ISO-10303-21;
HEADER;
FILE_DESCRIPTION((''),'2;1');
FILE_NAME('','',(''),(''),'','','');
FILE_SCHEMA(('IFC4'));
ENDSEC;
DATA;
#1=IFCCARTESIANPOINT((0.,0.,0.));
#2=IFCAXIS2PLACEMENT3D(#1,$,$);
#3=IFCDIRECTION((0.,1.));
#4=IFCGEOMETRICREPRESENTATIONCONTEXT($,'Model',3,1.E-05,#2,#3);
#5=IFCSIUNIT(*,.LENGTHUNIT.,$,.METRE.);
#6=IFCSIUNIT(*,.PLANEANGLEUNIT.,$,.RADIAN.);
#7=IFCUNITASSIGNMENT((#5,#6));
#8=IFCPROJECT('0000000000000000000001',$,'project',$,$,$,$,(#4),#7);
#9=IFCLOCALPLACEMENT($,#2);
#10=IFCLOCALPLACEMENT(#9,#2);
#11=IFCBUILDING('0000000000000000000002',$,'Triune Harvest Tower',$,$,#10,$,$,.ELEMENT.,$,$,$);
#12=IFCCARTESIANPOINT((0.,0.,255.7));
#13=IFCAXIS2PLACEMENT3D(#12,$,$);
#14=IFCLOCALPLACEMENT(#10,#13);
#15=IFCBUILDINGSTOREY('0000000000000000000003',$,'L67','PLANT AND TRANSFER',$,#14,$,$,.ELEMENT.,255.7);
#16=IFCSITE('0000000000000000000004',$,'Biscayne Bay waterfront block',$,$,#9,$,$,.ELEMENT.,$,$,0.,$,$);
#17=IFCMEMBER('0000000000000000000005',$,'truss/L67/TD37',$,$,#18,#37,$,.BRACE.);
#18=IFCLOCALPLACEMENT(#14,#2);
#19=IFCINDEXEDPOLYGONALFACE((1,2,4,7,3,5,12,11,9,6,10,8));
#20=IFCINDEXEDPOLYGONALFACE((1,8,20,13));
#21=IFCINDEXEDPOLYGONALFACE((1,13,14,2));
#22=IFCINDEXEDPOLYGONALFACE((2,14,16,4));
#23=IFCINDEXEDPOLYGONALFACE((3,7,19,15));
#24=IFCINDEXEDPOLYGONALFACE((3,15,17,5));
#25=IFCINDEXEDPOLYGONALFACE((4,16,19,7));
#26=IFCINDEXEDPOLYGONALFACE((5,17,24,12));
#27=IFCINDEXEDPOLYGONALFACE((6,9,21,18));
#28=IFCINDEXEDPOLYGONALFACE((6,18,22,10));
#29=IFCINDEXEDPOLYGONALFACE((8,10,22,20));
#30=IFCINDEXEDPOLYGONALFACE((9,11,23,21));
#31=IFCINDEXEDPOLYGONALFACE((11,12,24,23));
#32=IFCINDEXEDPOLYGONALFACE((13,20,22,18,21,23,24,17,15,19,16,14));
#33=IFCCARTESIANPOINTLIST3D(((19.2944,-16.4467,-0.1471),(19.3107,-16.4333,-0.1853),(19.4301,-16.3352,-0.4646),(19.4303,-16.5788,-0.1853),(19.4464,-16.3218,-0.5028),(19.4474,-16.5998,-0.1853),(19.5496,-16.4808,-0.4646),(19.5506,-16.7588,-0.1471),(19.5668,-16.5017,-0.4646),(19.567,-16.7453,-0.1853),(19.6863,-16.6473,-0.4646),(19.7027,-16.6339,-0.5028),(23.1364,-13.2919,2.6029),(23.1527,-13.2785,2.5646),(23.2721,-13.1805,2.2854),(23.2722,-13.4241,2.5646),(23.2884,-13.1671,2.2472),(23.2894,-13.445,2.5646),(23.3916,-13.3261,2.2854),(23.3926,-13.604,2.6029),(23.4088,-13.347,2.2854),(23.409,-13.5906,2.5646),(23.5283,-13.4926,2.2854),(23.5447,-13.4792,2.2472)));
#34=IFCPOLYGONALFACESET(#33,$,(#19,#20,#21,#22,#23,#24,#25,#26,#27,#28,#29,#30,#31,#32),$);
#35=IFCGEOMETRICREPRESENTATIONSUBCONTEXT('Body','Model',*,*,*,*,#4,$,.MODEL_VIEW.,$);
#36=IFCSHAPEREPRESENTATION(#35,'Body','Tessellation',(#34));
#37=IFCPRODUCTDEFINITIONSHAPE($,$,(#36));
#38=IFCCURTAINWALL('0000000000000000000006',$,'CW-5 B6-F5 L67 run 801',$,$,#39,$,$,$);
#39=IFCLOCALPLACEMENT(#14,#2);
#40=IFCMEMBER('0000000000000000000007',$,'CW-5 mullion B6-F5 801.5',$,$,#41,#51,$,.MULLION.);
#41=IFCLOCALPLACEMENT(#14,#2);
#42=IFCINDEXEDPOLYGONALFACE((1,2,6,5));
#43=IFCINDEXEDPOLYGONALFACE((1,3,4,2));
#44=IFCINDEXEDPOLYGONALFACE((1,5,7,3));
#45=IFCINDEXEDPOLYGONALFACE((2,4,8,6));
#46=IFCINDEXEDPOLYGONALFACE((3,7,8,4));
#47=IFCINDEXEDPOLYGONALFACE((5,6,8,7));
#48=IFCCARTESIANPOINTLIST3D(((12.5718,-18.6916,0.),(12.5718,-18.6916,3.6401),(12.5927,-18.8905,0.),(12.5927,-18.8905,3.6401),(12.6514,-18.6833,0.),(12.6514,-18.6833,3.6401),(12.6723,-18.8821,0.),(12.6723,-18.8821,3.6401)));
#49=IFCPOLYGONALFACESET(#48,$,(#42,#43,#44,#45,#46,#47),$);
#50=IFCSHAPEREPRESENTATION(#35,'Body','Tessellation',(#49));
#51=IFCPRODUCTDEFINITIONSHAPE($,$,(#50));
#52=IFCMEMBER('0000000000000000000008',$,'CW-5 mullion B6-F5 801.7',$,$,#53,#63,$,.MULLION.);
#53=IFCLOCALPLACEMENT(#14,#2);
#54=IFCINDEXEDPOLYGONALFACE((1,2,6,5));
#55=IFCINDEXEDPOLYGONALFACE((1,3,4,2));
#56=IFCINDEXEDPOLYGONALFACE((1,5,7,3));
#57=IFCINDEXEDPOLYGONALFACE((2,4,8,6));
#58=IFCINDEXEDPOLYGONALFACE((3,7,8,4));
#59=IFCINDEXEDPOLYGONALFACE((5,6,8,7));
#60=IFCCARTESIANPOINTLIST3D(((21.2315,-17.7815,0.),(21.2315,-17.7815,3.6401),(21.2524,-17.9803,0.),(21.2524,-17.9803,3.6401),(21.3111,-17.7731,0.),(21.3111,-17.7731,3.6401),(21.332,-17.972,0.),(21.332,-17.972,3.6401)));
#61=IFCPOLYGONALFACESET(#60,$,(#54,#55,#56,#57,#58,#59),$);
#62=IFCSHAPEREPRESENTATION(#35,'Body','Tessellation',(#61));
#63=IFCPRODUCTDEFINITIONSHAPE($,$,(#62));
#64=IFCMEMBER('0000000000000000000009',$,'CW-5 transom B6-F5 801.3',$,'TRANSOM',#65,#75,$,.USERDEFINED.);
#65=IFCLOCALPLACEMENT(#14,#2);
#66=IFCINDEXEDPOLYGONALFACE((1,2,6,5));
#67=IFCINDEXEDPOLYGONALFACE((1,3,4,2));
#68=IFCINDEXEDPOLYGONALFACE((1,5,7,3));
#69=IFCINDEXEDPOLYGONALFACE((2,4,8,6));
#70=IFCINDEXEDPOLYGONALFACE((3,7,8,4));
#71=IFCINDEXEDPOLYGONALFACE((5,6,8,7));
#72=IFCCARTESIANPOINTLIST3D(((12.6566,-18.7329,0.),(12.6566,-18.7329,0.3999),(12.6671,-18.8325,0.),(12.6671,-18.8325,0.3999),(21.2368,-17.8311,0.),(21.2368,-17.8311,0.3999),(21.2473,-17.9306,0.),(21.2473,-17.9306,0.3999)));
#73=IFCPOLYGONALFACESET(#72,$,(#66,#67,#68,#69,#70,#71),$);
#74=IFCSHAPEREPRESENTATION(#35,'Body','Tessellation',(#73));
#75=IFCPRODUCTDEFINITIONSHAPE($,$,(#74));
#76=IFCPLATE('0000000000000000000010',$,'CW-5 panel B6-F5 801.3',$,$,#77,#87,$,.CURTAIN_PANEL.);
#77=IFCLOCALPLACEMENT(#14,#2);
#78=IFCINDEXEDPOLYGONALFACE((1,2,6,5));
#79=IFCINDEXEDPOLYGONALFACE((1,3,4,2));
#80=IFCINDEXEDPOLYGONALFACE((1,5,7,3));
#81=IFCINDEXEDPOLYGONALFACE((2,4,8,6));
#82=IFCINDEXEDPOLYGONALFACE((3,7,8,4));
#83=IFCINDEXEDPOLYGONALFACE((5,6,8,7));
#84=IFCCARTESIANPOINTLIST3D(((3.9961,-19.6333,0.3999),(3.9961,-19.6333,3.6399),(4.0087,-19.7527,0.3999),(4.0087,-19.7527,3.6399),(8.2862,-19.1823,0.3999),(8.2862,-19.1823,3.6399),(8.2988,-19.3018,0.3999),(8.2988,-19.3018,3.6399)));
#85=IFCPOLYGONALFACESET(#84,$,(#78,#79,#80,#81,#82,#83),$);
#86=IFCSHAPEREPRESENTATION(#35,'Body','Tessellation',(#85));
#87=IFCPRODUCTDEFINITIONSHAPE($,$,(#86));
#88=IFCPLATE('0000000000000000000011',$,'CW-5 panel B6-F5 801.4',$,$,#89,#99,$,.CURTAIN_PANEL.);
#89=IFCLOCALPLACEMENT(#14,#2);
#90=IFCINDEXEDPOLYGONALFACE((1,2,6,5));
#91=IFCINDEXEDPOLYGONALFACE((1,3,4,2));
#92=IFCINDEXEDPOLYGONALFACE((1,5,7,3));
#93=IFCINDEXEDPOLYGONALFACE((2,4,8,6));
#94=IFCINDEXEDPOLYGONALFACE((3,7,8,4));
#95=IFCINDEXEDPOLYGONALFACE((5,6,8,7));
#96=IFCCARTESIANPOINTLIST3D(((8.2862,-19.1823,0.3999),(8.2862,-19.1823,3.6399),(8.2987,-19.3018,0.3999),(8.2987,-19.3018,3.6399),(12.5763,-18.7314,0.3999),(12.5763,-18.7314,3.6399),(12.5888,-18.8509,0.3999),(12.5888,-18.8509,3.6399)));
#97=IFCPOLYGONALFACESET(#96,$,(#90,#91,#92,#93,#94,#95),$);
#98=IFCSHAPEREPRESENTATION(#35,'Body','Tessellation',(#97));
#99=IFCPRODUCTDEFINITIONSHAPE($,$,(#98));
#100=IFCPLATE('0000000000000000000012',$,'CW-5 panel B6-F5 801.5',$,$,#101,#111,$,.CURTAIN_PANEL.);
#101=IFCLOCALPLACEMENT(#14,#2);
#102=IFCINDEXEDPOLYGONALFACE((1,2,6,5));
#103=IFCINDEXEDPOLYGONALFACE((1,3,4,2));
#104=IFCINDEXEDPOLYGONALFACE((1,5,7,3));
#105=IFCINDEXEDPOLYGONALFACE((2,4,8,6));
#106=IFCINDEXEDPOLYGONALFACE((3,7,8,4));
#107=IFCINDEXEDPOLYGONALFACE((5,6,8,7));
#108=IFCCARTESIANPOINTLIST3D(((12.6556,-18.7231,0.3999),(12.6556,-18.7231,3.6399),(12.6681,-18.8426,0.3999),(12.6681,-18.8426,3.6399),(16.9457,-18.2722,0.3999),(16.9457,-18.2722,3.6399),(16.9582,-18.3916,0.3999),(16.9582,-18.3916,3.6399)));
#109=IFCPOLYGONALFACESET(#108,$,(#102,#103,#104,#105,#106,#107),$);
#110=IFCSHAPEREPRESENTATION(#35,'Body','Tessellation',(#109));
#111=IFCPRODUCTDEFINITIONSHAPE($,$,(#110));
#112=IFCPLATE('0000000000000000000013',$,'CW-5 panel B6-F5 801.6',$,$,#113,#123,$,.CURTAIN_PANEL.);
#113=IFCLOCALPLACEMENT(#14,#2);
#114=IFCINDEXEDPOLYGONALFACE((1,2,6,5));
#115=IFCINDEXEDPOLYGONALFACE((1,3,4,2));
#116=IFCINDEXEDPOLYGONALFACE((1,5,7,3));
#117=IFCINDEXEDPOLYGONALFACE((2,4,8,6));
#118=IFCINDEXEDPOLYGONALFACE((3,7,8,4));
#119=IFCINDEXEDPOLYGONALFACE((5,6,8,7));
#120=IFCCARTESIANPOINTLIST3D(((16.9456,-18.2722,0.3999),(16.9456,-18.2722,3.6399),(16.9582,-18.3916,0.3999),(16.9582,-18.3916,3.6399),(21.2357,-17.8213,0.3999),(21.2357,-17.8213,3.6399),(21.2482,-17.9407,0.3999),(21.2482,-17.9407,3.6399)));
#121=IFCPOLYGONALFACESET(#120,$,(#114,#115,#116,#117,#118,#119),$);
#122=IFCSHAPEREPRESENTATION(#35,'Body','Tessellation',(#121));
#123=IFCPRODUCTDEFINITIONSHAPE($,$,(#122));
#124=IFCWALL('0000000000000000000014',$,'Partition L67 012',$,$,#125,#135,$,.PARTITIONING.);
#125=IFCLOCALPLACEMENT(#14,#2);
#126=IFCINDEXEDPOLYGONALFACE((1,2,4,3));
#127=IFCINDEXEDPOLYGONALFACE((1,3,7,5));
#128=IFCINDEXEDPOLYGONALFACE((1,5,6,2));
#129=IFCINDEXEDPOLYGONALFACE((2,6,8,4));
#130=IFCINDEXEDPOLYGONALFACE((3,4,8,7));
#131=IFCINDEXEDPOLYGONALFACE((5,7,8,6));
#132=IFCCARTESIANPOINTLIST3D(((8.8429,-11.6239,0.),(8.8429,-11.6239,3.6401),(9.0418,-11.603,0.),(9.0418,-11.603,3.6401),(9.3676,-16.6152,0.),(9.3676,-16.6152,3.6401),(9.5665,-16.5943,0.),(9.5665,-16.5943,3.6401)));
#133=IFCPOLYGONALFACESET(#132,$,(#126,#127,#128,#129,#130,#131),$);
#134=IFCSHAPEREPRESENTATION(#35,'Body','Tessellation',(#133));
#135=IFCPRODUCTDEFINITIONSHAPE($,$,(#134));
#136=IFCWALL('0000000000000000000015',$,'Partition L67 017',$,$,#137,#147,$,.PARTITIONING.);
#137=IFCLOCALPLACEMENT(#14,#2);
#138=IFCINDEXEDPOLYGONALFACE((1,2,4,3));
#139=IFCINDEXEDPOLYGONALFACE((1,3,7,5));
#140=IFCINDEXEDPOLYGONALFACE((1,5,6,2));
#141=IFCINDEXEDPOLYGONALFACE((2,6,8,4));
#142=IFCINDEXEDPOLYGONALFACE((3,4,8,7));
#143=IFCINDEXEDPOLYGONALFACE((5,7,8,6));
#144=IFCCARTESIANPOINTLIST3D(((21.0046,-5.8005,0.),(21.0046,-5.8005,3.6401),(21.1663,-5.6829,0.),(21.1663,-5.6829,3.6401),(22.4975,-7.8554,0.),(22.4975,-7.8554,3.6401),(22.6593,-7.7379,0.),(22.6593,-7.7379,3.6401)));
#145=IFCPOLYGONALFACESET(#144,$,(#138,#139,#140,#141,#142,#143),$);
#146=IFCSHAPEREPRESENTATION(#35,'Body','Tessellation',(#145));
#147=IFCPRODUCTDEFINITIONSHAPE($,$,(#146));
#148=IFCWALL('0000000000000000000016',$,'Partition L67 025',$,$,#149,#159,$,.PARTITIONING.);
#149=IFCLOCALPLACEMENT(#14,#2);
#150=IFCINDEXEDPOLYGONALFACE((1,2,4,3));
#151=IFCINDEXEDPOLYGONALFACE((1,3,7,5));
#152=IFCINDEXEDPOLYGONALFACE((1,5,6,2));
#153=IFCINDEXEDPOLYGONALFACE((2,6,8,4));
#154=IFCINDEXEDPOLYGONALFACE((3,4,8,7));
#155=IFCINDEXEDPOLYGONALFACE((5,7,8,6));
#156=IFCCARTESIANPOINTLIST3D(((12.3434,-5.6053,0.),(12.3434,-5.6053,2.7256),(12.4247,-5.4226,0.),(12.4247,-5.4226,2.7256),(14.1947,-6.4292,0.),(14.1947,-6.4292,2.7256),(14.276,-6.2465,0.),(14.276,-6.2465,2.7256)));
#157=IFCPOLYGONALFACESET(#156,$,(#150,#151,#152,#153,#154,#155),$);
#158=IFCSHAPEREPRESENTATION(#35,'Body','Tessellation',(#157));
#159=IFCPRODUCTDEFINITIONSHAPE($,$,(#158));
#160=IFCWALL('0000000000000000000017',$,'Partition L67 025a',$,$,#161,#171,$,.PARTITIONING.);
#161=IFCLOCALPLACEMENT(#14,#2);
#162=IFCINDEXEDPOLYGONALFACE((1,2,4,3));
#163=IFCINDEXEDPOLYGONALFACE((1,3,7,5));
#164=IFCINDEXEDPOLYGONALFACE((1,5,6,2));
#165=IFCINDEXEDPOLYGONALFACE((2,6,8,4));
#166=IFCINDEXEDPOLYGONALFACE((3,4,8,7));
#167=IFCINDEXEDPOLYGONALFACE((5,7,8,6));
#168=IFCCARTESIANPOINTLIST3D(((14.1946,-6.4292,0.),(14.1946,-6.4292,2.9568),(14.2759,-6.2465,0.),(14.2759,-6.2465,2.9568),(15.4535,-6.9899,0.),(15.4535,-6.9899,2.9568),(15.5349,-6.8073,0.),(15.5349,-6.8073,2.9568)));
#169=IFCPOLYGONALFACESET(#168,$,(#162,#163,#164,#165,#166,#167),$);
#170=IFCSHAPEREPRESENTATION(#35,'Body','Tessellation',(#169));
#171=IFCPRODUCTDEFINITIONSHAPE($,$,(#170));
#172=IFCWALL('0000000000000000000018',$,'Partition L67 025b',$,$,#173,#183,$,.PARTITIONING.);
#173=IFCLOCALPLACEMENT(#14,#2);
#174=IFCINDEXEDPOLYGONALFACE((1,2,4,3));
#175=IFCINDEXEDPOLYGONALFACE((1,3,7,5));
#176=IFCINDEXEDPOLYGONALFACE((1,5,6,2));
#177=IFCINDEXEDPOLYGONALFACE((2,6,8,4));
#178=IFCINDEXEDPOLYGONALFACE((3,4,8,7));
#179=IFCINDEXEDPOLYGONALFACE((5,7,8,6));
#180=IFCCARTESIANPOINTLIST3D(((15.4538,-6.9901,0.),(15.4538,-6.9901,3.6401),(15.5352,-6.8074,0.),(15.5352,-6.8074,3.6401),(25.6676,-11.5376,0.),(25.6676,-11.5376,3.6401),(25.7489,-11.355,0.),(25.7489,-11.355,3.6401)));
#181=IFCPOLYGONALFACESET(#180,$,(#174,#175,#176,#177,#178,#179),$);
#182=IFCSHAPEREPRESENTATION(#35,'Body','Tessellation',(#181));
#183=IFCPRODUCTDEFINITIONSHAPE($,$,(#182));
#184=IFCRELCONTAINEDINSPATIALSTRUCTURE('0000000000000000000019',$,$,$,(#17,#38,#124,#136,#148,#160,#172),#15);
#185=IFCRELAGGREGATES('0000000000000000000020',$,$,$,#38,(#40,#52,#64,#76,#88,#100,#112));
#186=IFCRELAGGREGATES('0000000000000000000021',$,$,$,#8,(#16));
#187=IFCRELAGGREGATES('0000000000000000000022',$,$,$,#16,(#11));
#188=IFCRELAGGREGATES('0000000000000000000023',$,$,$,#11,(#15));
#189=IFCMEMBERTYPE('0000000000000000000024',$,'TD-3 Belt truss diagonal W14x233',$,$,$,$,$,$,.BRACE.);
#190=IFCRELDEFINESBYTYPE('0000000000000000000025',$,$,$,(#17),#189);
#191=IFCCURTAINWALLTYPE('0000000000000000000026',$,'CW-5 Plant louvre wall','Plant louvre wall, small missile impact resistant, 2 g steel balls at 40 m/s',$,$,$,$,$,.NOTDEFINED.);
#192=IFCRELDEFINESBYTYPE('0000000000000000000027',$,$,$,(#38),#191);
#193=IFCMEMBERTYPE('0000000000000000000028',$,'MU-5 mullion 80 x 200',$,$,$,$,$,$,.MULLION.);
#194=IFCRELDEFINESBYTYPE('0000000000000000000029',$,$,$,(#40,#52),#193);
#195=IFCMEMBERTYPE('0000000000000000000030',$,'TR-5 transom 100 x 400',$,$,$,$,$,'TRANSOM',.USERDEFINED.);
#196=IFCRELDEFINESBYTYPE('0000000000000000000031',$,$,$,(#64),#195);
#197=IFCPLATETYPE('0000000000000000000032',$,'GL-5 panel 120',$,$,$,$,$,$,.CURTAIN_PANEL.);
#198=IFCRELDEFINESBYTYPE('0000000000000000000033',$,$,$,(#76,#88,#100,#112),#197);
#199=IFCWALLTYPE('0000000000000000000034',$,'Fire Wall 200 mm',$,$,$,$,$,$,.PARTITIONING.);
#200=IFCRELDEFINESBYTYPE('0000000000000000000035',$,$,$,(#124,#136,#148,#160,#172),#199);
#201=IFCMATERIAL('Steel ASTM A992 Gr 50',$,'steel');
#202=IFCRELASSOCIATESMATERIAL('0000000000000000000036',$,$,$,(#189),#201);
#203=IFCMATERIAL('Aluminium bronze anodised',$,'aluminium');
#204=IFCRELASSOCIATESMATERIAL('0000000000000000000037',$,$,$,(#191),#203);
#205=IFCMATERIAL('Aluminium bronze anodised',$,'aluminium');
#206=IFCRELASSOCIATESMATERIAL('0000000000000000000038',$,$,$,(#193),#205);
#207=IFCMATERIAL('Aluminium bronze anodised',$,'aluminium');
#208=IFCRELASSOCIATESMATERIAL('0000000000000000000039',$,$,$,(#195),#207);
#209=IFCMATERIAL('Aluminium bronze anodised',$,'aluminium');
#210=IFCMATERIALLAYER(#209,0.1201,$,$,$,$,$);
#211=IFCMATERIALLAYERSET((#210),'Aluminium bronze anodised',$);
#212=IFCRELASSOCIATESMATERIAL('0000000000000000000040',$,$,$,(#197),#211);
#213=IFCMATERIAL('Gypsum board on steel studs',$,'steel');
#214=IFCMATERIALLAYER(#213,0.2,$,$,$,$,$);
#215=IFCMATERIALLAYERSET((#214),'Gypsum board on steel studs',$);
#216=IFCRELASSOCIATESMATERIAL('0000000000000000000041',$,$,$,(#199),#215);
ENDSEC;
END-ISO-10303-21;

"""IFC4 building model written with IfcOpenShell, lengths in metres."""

from ifc_helpers import new_model, si_unit, direction, frame, frame_2d, origin, origin_2d, place, context, subcontext, project, spatial, rectangle, i_section, extrude, source, transform, mapped, material, layer, layer_set, material_profile, profile_set, type_object, element, aggregate, save


model = new_model("IFC4")

# Units and contexts
model_context = context("Model", 3, precision=1e-05, world=origin(), true_north=direction((0.0, 1.0)))
body_context = subcontext(model_context, "Body", "Model", "MODEL_VIEW")
ifc_project = project(units=[si_unit("LENGTHUNIT", "METRE"), si_unit("PLANEANGLEUNIT", "RADIAN")], contexts=[model_context])

# Site, building, storey
site_placement = place(None, origin())
site = spatial("IfcSite", under=ifc_project, at=site_placement, Name="Biscayne Bay waterfront block", CompositionType="ELEMENT", RefElevation=0.0)
building_placement = place(site_placement, origin())
building = spatial("IfcBuilding", under=site, at=building_placement, Name="Triune Harvest Tower", CompositionType="ELEMENT")
storey_placement = place(building_placement, frame((0.0, 0.0, 255.7)))
storey = spatial("IfcBuildingStorey", under=building, at=storey_placement, Name="L67", Description="PLANT AND TRANSFER", CompositionType="ELEMENT", Elevation=255.7)

# Shared definitions
ifc_material_1 = material(Name="Steel ASTM A992 Gr 50", Category="steel")
ifc_material_profile_1 = material_profile(ifc_material_1, i_section(OverallWidth=0.4038, OverallDepth=0.4065, WebThickness=0.0271, FlangeThickness=0.0437, at=origin_2d()), Name="W14x233")
ifc_profile_set_1 = profile_set([ifc_material_profile_1], Name="Steel ASTM A992 Gr 50")
member_type_1 = type_object("IfcMemberType", Name="TD-3 Belt truss diagonal W14x233", PredefinedType="BRACE", material=ifc_profile_set_1)

# Member
shared_shape_1 = source(origin(), body_context, "Body", "SweptSolid", [
    extrude(i_section(OverallWidth=0.4038, OverallDepth=0.4065, WebThickness=0.0271, FlangeThickness=0.0437, at=origin_2d()), origin(), (0.0, 0.0, 1.0), 5.6812),
])
member_1_placement = place(storey_placement, frame((19.4985, -16.5403, -0.325), z_axis=(0.676268, 0.555299, 0.48405), x_axis=(-0.634598, 0.772842, 0.0)))
element("IfcMember", 1, at=member_1_placement, inside=storey, type_object=member_type_1, Name="truss/L67/TD37", PredefinedType="BRACE", context=body_context, shape_type="MappedRepresentation", body=[
    mapped(shared_shape_1, transform((0.0, 0.0, 0.0), scale=1.0)),
])

# Curtain wall, members, plates
ifc_material_2 = material(Name="Aluminium bronze anodised", Category="aluminium")
curtain_wall_type = type_object("IfcCurtainWallType", Name="CW-5 Plant louvre wall", Description="Plant louvre wall, small missile impact resistant, 2 g steel balls at 40 m/s", PredefinedType="NOTDEFINED", material=ifc_material_2)
curtain_wall_placement = place(storey_placement, origin())
curtain_wall = element("IfcCurtainWall", 2, at=curtain_wall_placement, inside=storey, type_object=curtain_wall_type, Name="CW-5 B6-F5 L67 run 801")
ifc_material_3 = material(Name="Aluminium bronze anodised", Category="aluminium")
ifc_material_profile_2 = material_profile(ifc_material_3, rectangle(XDim=0.2, YDim=0.0801, at=origin_2d()), Name="MU-5 mullion 80 x 200")
ifc_profile_set_2 = profile_set([ifc_material_profile_2], Name="Aluminium bronze anodised")
member_type_2 = type_object("IfcMemberType", Name="MU-5 mullion 80 x 200", PredefinedType="MULLION", material=ifc_profile_set_2)
shared_shape_2 = source(origin(), body_context, "Body", "SweptSolid", [
    extrude(rectangle(XDim=0.2, YDim=0.0801, at=origin_2d()), origin(), (0.0, 0.0, 1.0), 3.6401),
])
member_2_placement = place(storey_placement, frame((12.6221, -18.7869, 0.0), z_axis=(0.0, 0.0, 1.0), x_axis=(-0.10453, 0.994522, 0.0)))
member_2 = element("IfcMember", 3, at=member_2_placement, type_object=member_type_2, Name="CW-5 mullion B6-F5 801.5", PredefinedType="MULLION", context=body_context, shape_type="MappedRepresentation", body=[
    mapped(shared_shape_2, transform((0.0, 0.0, 0.0), scale=1.0)),
])
member_3_placement = place(storey_placement, frame((21.2817, -17.8767, 0.0), z_axis=(0.0, 0.0, 1.0), x_axis=(-0.10453, 0.994522, 0.0)))
member_3 = element("IfcMember", 4, at=member_3_placement, type_object=member_type_2, Name="CW-5 mullion B6-F5 801.7", PredefinedType="MULLION", context=body_context, shape_type="MappedRepresentation", body=[
    mapped(shared_shape_2, transform((0.0, 0.0, 0.0), scale=1.0)),
])
ifc_material_4 = material(Name="Aluminium bronze anodised", Category="aluminium")
ifc_material_profile_3 = material_profile(ifc_material_4, rectangle(XDim=0.1001, YDim=0.3999, at=origin_2d()), Name="TR-5 transom 100 x 400")
ifc_profile_set_3 = profile_set([ifc_material_profile_3], Name="Aluminium bronze anodised")
member_type_3 = type_object("IfcMemberType", Name="TR-5 transom 100 x 400", ElementType="TRANSOM", PredefinedType="USERDEFINED", material=ifc_profile_set_3)
shared_shape_3 = source(origin(), body_context, "Body", "SweptSolid", [
    extrude(rectangle(XDim=0.1001, YDim=0.3999, at=origin_2d()), origin(), (0.0, 0.0, 1.0), 8.6274),
])
member_4_placement = place(storey_placement, frame((12.6619, -18.7827, 0.2), z_axis=(0.994521, 0.104535, 0.0), x_axis=(-0.104535, 0.994521, 0.0)))
member_4 = element("IfcMember", 5, at=member_4_placement, type_object=member_type_3, Name="CW-5 transom B6-F5 801.3", ObjectType="TRANSOM", PredefinedType="USERDEFINED", context=body_context, shape_type="MappedRepresentation", body=[
    mapped(shared_shape_3, transform((0.0, 0.0, 0.0), scale=1.0)),
])
ifc_material_5 = material(Name="Aluminium bronze anodised", Category="aluminium")
ifc_layer_1 = layer(ifc_material_5, 0.1201)
ifc_layer_set_1 = layer_set([ifc_layer_1], Name="Aluminium bronze anodised")
plate_type = type_object("IfcPlateType", Name="GL-5 panel 120", PredefinedType="CURTAIN_PANEL", material=ifc_layer_set_1)
shared_shape_4 = source(origin(), body_context, "Body", "SweptSolid", [
    extrude(rectangle(XDim=4.3137, YDim=0.1201, at=origin_2d()), origin(), (0.0, 0.0, 1.0), 3.24),
])
plate_1_placement = place(storey_placement, frame((6.1475, -19.4675, 0.3999), z_axis=(0.0, 0.0, 1.0), x_axis=(0.994522, 0.10453, 0.0)))
plate_1 = element("IfcPlate", 6, at=plate_1_placement, type_object=plate_type, Name="CW-5 panel B6-F5 801.3", PredefinedType="CURTAIN_PANEL", context=body_context, shape_type="MappedRepresentation", body=[
    mapped(shared_shape_4, transform((0.0, 0.0, 0.0), scale=1.0)),
])
plate_2_placement = place(storey_placement, frame((10.4375, -19.0166, 0.3999), z_axis=(0.0, 0.0, 1.0), x_axis=(0.994522, 0.10453, 0.0)))
plate_2 = element("IfcPlate", 7, at=plate_2_placement, type_object=plate_type, Name="CW-5 panel B6-F5 801.4", PredefinedType="CURTAIN_PANEL", context=body_context, shape_type="MappedRepresentation", body=[
    mapped(shared_shape_4, transform((0.0, 0.0, 0.0), scale=1.0)),
])
plate_3_placement = place(storey_placement, frame((14.8069, -18.5574, 0.3999), z_axis=(0.0, 0.0, 1.0), x_axis=(0.994522, 0.10453, 0.0)))
plate_3 = element("IfcPlate", 8, at=plate_3_placement, type_object=plate_type, Name="CW-5 panel B6-F5 801.5", PredefinedType="CURTAIN_PANEL", context=body_context, shape_type="MappedRepresentation", body=[
    mapped(shared_shape_4, transform((0.0, 0.0, 0.0), scale=1.0)),
])
plate_4_placement = place(storey_placement, frame((19.0969, -18.1064, 0.3999), z_axis=(0.0, 0.0, 1.0), x_axis=(0.994522, 0.10453, 0.0)))
plate_4 = element("IfcPlate", 9, at=plate_4_placement, type_object=plate_type, Name="CW-5 panel B6-F5 801.6", PredefinedType="CURTAIN_PANEL", context=body_context, shape_type="MappedRepresentation", body=[
    mapped(shared_shape_4, transform((0.0, 0.0, 0.0), scale=1.0)),
])
aggregate(curtain_wall, [member_2, member_3, member_4, plate_1, plate_2, plate_3, plate_4])

# Walls
ifc_material_6 = material(Name="Gypsum board on steel studs", Category="steel")
ifc_layer_2 = layer(ifc_material_6, 0.2)
ifc_layer_set_2 = layer_set([ifc_layer_2], Name="Gypsum board on steel studs")
wall_type_1 = type_object("IfcWallType", Name="Fire Wall 200 mm", PredefinedType="PARTITIONING", material=ifc_layer_set_2)
wall_1_placement = place(storey_placement, frame((8.9424, -11.6135, 0.0), z_axis=(0.0, 0.0, 1.0), x_axis=(0.10454, -0.994521, 0.0)))
element("IfcWall", 10, at=wall_1_placement, inside=storey, type_object=wall_type_1, Name="Partition L67 012", PredefinedType="PARTITIONING", context=body_context, shape_type="SweptSolid", body=[
    extrude(rectangle(XDim=5.0188, YDim=0.2, at=frame_2d((2.5093, 0.0))), origin(), (0.0, 0.0, 1.0), 3.6401),
])
wall_2_placement = place(storey_placement, frame((21.0854, -5.7417, 0.0), z_axis=(0.0, 0.0, 1.0), x_axis=(0.587766, -0.809031, 0.0)))
element("IfcWall", 11, at=wall_2_placement, inside=storey, type_object=wall_type_1, Name="Partition L67 017", PredefinedType="PARTITIONING", context=body_context, shape_type="SweptSolid", body=[
    extrude(rectangle(XDim=2.54, YDim=0.2, at=frame_2d((1.27, 0.0))), origin(), (0.0, 0.0, 1.0), 3.6401),
])
wall_3_placement = place(storey_placement, frame((12.384, -5.5139, 0.0), z_axis=(0.0, 0.0, 1.0), x_axis=(0.913598, -0.406619, 0.0)))
element("IfcWall", 12, at=wall_3_placement, inside=storey, type_object=wall_type_1, Name="Partition L67 025", PredefinedType="PARTITIONING", context=body_context, shape_type="SweptSolid", body=[
    extrude(rectangle(XDim=2.0264, YDim=0.2, at=frame_2d((1.0132, 0.0))), origin(), (0.0, 0.0, 1.0), 2.7256),
])
wall_4_placement = place(storey_placement, frame((14.2354, -6.3379, 0.0), z_axis=(0.0, 0.0, 1.0), x_axis=(0.913483, -0.406878, 0.0)))
element("IfcWall", 13, at=wall_4_placement, inside=storey, type_object=wall_type_1, Name="Partition L67 025a", PredefinedType="PARTITIONING", context=body_context, shape_type="SweptSolid", body=[
    extrude(rectangle(XDim=1.3782, YDim=0.2, at=frame_2d((0.689, 0.0))), origin(), (0.0, 0.0, 1.0), 2.9568),
])
wall_5_placement = place(storey_placement, frame((15.4944, -6.8987, 0.0), z_axis=(0.0, 0.0, 1.0), x_axis=(0.913542, -0.406744, 0.0)))
element("IfcWall", 14, at=wall_5_placement, inside=storey, type_object=wall_type_1, Name="Partition L67 025b", PredefinedType="PARTITIONING", context=body_context, shape_type="SweptSolid", body=[
    extrude(rectangle(XDim=11.1804, YDim=0.2, at=frame_2d((5.5903, 0.0))), origin(), (0.0, 0.0, 1.0), 3.6401),
])

save(model, "model.ifc")
